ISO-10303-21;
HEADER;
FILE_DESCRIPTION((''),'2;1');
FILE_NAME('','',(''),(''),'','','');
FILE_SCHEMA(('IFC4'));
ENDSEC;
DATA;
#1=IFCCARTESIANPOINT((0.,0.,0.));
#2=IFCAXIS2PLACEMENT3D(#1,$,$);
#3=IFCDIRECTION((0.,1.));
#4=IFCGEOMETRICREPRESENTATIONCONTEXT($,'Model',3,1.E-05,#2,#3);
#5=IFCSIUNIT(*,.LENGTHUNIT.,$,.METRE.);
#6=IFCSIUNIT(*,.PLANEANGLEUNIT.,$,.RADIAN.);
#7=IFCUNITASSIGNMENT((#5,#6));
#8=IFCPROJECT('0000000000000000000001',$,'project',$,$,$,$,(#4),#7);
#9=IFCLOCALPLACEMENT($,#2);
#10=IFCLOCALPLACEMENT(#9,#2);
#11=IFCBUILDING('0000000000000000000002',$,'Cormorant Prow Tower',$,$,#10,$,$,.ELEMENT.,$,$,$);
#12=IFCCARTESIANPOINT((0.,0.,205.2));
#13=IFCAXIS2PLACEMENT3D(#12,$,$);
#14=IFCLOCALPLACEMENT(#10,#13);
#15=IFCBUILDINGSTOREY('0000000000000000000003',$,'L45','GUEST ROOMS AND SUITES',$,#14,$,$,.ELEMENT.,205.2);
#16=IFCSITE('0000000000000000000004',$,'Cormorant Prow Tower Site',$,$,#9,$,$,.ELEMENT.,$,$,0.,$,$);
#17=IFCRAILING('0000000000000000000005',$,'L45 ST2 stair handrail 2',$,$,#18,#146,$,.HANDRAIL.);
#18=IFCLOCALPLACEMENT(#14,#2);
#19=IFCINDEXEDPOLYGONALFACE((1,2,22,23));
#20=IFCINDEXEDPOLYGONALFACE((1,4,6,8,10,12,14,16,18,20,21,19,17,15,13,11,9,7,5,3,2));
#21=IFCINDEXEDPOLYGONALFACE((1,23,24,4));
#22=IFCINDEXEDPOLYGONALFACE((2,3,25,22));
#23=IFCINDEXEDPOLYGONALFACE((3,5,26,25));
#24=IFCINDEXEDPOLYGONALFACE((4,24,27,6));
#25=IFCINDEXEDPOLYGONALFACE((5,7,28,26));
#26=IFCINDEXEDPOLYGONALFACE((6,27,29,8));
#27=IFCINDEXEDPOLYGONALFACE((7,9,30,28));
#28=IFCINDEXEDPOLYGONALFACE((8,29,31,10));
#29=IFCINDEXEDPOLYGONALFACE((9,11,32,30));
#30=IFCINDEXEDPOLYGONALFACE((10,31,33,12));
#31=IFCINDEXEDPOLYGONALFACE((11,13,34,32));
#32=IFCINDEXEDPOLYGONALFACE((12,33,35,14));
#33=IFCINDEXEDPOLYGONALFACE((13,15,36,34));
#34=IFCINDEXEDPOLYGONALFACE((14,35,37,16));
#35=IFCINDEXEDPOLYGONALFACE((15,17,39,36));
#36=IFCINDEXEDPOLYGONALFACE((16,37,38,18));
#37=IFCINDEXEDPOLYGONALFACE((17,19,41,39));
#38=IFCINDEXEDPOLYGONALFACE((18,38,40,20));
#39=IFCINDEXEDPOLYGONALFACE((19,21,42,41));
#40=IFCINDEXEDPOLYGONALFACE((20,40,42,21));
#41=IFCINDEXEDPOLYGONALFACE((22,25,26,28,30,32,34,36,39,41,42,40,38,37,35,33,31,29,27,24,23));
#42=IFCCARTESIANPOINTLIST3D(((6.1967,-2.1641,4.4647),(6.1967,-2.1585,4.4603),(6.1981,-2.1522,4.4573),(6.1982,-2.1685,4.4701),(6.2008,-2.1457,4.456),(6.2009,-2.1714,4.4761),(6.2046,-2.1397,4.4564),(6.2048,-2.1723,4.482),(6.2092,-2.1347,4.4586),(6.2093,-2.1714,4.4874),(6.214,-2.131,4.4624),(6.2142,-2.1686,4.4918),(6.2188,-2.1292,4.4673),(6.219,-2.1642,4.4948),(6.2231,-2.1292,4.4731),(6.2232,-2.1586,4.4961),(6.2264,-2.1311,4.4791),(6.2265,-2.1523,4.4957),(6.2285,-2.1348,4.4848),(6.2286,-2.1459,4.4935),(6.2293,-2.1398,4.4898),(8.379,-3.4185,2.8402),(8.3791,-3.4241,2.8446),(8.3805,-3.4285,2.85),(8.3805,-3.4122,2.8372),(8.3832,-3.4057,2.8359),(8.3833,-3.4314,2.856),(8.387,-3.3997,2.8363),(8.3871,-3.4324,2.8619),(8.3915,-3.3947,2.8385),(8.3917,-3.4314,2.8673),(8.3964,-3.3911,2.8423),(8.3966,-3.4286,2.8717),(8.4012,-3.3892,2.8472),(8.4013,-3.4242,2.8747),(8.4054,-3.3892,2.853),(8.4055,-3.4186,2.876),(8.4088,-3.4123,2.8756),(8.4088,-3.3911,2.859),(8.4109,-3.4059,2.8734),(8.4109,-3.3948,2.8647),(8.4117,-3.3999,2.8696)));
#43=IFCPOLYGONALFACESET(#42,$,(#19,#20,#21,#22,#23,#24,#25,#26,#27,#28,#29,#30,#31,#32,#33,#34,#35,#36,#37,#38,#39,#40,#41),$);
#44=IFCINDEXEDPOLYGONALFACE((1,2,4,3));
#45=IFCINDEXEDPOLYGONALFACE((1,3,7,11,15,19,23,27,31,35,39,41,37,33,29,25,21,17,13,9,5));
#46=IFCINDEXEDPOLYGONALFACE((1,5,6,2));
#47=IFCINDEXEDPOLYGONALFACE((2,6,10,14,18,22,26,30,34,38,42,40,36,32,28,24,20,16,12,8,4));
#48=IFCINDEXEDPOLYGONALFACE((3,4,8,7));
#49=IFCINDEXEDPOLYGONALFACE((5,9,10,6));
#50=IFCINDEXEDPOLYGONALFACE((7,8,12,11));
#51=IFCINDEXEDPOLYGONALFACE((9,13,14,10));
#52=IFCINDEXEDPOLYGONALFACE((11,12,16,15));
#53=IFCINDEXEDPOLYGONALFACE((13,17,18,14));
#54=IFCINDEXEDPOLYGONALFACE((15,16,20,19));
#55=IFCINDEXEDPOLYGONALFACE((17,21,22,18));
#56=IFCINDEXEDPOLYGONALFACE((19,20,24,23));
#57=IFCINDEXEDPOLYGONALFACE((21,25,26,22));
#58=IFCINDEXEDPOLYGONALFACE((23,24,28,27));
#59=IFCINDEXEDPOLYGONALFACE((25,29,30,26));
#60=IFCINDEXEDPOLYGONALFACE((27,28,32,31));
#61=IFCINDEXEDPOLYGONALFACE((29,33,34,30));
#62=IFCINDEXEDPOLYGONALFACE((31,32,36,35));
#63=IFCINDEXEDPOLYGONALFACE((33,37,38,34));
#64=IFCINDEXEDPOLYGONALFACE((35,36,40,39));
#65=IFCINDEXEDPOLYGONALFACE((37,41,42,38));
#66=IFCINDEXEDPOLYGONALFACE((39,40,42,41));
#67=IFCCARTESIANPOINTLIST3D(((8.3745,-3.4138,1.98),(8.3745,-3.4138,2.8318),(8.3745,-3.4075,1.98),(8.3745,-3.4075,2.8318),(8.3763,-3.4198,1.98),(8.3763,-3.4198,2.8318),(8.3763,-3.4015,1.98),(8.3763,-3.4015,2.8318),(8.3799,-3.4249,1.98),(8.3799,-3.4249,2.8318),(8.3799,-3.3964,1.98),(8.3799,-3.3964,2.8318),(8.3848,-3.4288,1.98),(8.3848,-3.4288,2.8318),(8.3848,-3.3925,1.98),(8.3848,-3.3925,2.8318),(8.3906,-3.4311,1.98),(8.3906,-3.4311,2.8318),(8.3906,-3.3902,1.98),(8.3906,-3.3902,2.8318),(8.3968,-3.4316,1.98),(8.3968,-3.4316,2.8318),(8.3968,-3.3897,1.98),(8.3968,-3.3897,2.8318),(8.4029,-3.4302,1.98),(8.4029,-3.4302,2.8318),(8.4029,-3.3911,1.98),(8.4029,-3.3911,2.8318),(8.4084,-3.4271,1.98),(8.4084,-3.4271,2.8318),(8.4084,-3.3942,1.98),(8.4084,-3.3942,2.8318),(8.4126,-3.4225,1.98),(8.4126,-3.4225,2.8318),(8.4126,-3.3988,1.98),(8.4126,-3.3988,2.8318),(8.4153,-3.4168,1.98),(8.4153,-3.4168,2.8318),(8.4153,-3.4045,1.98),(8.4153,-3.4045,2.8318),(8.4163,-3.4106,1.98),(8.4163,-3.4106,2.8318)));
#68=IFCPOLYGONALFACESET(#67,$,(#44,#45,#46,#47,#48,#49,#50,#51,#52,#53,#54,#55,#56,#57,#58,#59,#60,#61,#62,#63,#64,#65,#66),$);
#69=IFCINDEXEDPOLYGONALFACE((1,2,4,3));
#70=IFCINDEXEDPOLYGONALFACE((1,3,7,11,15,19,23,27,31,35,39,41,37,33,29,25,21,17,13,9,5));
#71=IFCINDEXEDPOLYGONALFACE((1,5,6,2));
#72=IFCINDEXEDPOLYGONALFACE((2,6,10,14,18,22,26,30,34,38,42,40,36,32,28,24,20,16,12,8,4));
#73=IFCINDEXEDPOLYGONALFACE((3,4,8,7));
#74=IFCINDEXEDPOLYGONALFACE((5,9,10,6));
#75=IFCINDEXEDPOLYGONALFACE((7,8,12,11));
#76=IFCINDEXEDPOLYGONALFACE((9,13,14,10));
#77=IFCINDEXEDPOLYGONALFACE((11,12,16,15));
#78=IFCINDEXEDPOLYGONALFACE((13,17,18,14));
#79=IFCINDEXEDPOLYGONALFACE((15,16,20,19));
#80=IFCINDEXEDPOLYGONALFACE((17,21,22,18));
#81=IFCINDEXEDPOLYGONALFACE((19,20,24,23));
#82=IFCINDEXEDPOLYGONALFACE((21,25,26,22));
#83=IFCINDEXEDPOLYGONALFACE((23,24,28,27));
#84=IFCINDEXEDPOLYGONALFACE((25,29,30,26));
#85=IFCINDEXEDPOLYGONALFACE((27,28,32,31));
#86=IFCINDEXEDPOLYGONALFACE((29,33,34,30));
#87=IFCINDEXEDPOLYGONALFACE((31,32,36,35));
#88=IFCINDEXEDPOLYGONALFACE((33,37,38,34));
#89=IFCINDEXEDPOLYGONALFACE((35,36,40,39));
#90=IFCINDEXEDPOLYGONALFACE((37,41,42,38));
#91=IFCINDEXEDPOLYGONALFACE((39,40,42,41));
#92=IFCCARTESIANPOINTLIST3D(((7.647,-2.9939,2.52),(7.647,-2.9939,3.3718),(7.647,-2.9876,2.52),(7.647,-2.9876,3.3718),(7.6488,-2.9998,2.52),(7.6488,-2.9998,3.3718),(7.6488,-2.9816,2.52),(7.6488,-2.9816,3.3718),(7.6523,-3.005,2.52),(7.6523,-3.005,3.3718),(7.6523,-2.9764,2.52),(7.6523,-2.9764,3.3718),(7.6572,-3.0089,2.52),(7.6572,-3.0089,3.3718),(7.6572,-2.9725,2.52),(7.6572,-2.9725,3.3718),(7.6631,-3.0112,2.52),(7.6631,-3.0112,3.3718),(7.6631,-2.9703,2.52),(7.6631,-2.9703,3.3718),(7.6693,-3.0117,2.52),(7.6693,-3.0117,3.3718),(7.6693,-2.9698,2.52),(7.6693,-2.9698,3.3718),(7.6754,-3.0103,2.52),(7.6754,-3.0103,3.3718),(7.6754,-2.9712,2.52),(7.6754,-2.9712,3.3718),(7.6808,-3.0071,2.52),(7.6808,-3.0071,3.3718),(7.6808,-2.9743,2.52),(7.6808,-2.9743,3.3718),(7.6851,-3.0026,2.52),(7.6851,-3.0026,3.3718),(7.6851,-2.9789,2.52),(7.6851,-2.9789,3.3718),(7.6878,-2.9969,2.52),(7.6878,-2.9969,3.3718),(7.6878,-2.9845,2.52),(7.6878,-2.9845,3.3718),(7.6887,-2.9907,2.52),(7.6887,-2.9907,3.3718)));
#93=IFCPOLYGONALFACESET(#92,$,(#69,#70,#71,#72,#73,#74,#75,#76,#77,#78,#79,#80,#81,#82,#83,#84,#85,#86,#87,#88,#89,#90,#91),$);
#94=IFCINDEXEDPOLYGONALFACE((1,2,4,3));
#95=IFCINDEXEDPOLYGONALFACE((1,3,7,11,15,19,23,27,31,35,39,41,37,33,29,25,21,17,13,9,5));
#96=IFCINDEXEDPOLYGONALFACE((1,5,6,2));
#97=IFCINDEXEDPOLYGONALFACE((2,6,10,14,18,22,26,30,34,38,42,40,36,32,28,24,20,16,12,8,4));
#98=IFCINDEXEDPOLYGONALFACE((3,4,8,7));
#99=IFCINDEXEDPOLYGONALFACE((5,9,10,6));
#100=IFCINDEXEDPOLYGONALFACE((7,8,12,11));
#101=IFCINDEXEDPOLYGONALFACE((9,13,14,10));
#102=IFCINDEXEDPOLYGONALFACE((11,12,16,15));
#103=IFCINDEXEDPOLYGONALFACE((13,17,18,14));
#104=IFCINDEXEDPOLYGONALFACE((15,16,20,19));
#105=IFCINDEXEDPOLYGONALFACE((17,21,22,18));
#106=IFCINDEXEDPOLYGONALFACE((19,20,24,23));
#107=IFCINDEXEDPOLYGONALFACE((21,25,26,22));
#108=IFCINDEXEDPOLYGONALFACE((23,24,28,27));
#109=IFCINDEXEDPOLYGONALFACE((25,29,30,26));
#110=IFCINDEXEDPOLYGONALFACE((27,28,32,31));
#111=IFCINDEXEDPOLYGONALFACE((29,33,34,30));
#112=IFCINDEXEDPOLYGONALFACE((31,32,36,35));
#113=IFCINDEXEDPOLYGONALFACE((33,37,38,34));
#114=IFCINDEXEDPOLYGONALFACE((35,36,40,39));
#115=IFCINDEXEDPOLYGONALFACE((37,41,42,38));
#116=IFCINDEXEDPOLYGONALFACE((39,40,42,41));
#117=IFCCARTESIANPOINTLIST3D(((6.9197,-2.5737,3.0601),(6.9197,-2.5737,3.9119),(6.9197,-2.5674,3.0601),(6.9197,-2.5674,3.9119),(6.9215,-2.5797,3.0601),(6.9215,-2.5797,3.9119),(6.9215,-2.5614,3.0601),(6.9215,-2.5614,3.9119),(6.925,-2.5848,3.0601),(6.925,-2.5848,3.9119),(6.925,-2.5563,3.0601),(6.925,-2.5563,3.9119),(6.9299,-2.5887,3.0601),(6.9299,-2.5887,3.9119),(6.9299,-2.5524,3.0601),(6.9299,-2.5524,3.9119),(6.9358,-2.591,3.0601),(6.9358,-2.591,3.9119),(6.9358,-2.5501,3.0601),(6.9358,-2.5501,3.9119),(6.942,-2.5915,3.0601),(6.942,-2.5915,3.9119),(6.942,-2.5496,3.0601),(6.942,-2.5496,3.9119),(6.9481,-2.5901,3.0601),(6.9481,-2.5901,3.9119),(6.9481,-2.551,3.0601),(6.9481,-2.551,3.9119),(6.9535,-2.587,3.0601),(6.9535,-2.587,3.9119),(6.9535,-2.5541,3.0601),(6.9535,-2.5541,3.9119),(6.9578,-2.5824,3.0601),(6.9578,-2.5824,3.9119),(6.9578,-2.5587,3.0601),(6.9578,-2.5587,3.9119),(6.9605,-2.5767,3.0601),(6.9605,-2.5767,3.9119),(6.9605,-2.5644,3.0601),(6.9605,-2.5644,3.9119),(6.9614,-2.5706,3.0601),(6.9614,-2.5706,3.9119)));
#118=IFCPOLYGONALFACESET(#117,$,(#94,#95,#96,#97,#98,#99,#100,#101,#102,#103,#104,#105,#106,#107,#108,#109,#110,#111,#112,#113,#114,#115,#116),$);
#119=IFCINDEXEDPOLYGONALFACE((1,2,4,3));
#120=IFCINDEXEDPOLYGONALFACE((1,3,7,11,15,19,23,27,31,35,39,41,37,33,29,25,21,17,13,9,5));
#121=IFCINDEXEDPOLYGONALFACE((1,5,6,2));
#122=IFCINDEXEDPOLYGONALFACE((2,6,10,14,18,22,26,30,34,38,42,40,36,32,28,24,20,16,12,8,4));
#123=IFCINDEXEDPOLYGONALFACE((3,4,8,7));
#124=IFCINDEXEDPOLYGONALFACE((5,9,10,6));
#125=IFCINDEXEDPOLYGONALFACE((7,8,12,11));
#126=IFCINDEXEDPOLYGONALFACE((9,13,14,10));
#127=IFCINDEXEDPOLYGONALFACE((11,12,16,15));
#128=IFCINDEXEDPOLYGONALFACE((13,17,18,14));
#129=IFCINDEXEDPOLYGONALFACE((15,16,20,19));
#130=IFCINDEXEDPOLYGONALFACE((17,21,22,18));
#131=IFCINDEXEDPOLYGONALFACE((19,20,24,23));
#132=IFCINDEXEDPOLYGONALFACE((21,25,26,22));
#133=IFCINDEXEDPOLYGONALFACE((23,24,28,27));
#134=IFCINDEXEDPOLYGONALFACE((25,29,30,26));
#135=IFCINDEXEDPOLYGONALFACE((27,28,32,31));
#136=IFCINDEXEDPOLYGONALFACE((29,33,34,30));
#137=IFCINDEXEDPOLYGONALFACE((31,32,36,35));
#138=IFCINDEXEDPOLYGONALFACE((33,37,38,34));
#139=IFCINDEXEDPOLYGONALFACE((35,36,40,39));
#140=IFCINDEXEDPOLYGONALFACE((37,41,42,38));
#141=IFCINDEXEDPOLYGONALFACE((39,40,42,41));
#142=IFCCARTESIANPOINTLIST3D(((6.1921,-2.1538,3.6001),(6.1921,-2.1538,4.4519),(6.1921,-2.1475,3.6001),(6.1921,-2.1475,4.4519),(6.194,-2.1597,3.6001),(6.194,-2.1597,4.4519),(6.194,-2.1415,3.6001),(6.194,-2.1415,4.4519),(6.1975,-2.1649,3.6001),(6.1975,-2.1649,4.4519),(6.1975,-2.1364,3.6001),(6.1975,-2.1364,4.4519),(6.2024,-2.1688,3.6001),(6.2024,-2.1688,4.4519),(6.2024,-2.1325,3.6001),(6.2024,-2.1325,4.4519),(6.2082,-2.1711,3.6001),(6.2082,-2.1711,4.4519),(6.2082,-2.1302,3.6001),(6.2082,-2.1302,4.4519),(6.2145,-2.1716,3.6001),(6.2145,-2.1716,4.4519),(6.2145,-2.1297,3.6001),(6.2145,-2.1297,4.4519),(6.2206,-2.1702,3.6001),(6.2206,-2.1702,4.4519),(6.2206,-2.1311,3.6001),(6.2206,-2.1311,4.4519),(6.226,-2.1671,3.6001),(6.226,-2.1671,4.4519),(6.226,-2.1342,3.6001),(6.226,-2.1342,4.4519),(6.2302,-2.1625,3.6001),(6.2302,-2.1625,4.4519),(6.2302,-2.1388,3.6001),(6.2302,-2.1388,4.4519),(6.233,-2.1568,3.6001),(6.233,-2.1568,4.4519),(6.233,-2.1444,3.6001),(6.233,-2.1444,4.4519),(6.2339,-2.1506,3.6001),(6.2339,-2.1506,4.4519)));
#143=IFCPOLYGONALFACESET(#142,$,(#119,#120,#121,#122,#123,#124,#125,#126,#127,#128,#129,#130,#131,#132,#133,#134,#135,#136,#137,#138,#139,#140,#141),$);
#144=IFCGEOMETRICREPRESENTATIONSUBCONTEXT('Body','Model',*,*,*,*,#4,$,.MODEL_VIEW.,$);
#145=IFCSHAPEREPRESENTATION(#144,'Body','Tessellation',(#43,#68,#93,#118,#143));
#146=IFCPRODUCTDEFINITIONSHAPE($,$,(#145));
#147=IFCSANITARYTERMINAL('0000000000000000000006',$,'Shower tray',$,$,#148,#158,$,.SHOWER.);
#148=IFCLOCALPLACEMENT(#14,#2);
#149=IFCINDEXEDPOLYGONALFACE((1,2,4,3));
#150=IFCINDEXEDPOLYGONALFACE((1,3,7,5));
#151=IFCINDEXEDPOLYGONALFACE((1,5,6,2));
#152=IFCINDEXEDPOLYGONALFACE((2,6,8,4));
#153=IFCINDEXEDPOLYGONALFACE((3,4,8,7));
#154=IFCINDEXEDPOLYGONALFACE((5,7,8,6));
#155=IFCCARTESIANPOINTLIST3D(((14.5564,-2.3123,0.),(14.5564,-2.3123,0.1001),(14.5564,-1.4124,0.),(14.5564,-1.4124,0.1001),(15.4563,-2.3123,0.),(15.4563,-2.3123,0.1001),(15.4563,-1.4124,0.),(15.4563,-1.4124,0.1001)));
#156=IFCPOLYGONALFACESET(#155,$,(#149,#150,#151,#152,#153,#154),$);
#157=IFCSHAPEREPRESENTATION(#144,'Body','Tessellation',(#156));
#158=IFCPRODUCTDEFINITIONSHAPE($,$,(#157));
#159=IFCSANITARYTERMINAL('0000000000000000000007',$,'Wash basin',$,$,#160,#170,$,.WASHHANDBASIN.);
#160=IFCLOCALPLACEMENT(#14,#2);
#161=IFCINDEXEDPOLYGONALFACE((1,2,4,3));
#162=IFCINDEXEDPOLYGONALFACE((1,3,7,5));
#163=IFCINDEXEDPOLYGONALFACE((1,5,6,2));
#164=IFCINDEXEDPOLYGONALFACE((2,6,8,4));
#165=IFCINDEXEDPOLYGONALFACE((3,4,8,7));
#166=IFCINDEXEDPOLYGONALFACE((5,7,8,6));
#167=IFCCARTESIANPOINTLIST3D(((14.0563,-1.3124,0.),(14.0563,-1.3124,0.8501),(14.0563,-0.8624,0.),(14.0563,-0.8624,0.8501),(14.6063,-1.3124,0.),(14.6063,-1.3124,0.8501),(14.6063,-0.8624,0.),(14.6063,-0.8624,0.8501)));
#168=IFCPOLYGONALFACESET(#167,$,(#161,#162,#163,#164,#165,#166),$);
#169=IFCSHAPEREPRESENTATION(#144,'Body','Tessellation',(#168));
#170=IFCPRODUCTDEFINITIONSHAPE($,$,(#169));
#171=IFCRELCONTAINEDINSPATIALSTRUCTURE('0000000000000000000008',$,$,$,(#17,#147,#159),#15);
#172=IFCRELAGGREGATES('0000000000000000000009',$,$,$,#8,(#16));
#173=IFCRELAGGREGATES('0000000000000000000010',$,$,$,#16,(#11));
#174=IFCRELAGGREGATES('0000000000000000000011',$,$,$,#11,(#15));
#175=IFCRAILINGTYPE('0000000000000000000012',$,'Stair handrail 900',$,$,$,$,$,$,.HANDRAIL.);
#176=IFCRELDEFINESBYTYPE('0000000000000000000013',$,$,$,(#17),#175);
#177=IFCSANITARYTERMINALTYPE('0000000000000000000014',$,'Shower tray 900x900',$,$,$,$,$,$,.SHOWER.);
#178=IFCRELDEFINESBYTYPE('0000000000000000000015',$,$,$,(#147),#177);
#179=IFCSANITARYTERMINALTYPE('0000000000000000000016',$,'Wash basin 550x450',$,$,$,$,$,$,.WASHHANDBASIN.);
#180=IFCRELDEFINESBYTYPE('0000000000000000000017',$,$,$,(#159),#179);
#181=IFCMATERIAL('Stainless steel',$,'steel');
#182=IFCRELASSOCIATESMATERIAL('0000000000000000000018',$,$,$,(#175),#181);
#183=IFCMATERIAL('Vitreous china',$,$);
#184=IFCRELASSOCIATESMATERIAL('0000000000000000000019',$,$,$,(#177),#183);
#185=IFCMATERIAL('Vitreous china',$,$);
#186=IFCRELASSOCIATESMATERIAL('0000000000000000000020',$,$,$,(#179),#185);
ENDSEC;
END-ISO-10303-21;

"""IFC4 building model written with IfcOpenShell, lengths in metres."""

from ifc_helpers import new_model, si_unit, direction, frame, origin, origin_2d, place, context, subcontext, project, spatial, rectangle, circle, extrude, material, type_object, element, save


model = new_model("IFC4")

# Units and contexts
model_context = context("Model", 3, precision=1e-05, world=origin(), true_north=direction((0.0, 1.0)))
body_context = subcontext(model_context, "Body", "Model", "MODEL_VIEW")
ifc_project = project(units=[si_unit("LENGTHUNIT", "METRE"), si_unit("PLANEANGLEUNIT", "RADIAN")], contexts=[model_context])

# Site, building, storey
site_placement = place(None, origin())
site = spatial("IfcSite", under=ifc_project, at=site_placement, Name="Cormorant Prow Tower Site", CompositionType="ELEMENT", RefElevation=0.0)
building_placement = place(site_placement, origin())
building = spatial("IfcBuilding", under=site, at=building_placement, Name="Cormorant Prow Tower", CompositionType="ELEMENT")
storey_placement = place(building_placement, frame((0.0, 0.0, 205.2)))
storey = spatial("IfcBuildingStorey", under=building, at=storey_placement, Name="L45", Description="GUEST ROOMS AND SUITES", CompositionType="ELEMENT", Elevation=205.2)

# Railing
ifc_material_1 = material(Name="Stainless steel", Category="steel")
railing_type_1 = type_object("IfcRailingType", Name="Stair handrail 900", PredefinedType="HANDRAIL", material=ifc_material_1)
railing_1_placement = place(storey_placement, frame((8.3953, -3.4106, 1.98)))
element("IfcRailing", 1, at=railing_1_placement, inside=storey, type_object=railing_type_1, Name="L45 ST2 stair handrail 2", PredefinedType="HANDRAIL", context=body_context, shape_type="SweptSolid", body=[
    extrude(circle(Radius=0.0239, at=origin_2d()), frame((0.0, 0.0, 0.876), z_axis=(-0.728464, 0.420584, 0.540786), x_axis=(-0.500005, -0.866023, 0.0)), (0.0, 0.0, 1.0), 2.9958),
    extrude(circle(Radius=0.021, at=origin_2d()), origin(), (0.0, 0.0, 1.0), 0.8518),
    extrude(circle(Radius=0.021, at=origin_2d()), frame((-0.7275, 0.4199, 0.54)), (0.0, 0.0, 1.0), 0.8518),
    extrude(circle(Radius=0.021, at=origin_2d()), frame((-1.4548, 0.8401, 1.0801)), (0.0, 0.0, 1.0), 0.8518),
    extrude(circle(Radius=0.021, at=origin_2d()), frame((-2.1824, 1.26, 1.6201)), (0.0, 0.0, 1.0), 0.8518),
])

# Sanitary terminals
ifc_material_2 = material(Name="Vitreous china")
sanitary_terminal_type_1 = type_object("IfcSanitaryTerminalType", Name="Shower tray 900x900", PredefinedType="SHOWER", material=ifc_material_2)
sanitary_terminal_1_placement = place(storey_placement, frame((15.0063, -1.8623, 0.0), z_axis=(0.0, 0.0, 1.0), x_axis=(1.0, 0.0, 0.0)))
element("IfcSanitaryTerminal", 2, at=sanitary_terminal_1_placement, inside=storey, type_object=sanitary_terminal_type_1, Name="Shower tray", PredefinedType="SHOWER", context=body_context, shape_type="SweptSolid", body=[
    extrude(rectangle(XDim=0.8999, YDim=0.8999, at=origin_2d()), origin(), (0.0, 0.0, 1.0), 0.1001),
])
ifc_material_3 = material(Name="Vitreous china")
sanitary_terminal_type_2 = type_object("IfcSanitaryTerminalType", Name="Wash basin 550x450", PredefinedType="WASHHANDBASIN", material=ifc_material_3)
sanitary_terminal_2_placement = place(storey_placement, frame((14.3313, -1.0874, 0.0), z_axis=(0.0, 0.0, 1.0), x_axis=(1.0, 0.0, 0.0)))
element("IfcSanitaryTerminal", 3, at=sanitary_terminal_2_placement, inside=storey, type_object=sanitary_terminal_type_2, Name="Wash basin", PredefinedType="WASHHANDBASIN", context=body_context, shape_type="SweptSolid", body=[
    extrude(rectangle(XDim=0.55, YDim=0.45, at=origin_2d()), origin(), (0.0, 0.0, 1.0), 0.8501),
])

save(model, "model.ifc")
